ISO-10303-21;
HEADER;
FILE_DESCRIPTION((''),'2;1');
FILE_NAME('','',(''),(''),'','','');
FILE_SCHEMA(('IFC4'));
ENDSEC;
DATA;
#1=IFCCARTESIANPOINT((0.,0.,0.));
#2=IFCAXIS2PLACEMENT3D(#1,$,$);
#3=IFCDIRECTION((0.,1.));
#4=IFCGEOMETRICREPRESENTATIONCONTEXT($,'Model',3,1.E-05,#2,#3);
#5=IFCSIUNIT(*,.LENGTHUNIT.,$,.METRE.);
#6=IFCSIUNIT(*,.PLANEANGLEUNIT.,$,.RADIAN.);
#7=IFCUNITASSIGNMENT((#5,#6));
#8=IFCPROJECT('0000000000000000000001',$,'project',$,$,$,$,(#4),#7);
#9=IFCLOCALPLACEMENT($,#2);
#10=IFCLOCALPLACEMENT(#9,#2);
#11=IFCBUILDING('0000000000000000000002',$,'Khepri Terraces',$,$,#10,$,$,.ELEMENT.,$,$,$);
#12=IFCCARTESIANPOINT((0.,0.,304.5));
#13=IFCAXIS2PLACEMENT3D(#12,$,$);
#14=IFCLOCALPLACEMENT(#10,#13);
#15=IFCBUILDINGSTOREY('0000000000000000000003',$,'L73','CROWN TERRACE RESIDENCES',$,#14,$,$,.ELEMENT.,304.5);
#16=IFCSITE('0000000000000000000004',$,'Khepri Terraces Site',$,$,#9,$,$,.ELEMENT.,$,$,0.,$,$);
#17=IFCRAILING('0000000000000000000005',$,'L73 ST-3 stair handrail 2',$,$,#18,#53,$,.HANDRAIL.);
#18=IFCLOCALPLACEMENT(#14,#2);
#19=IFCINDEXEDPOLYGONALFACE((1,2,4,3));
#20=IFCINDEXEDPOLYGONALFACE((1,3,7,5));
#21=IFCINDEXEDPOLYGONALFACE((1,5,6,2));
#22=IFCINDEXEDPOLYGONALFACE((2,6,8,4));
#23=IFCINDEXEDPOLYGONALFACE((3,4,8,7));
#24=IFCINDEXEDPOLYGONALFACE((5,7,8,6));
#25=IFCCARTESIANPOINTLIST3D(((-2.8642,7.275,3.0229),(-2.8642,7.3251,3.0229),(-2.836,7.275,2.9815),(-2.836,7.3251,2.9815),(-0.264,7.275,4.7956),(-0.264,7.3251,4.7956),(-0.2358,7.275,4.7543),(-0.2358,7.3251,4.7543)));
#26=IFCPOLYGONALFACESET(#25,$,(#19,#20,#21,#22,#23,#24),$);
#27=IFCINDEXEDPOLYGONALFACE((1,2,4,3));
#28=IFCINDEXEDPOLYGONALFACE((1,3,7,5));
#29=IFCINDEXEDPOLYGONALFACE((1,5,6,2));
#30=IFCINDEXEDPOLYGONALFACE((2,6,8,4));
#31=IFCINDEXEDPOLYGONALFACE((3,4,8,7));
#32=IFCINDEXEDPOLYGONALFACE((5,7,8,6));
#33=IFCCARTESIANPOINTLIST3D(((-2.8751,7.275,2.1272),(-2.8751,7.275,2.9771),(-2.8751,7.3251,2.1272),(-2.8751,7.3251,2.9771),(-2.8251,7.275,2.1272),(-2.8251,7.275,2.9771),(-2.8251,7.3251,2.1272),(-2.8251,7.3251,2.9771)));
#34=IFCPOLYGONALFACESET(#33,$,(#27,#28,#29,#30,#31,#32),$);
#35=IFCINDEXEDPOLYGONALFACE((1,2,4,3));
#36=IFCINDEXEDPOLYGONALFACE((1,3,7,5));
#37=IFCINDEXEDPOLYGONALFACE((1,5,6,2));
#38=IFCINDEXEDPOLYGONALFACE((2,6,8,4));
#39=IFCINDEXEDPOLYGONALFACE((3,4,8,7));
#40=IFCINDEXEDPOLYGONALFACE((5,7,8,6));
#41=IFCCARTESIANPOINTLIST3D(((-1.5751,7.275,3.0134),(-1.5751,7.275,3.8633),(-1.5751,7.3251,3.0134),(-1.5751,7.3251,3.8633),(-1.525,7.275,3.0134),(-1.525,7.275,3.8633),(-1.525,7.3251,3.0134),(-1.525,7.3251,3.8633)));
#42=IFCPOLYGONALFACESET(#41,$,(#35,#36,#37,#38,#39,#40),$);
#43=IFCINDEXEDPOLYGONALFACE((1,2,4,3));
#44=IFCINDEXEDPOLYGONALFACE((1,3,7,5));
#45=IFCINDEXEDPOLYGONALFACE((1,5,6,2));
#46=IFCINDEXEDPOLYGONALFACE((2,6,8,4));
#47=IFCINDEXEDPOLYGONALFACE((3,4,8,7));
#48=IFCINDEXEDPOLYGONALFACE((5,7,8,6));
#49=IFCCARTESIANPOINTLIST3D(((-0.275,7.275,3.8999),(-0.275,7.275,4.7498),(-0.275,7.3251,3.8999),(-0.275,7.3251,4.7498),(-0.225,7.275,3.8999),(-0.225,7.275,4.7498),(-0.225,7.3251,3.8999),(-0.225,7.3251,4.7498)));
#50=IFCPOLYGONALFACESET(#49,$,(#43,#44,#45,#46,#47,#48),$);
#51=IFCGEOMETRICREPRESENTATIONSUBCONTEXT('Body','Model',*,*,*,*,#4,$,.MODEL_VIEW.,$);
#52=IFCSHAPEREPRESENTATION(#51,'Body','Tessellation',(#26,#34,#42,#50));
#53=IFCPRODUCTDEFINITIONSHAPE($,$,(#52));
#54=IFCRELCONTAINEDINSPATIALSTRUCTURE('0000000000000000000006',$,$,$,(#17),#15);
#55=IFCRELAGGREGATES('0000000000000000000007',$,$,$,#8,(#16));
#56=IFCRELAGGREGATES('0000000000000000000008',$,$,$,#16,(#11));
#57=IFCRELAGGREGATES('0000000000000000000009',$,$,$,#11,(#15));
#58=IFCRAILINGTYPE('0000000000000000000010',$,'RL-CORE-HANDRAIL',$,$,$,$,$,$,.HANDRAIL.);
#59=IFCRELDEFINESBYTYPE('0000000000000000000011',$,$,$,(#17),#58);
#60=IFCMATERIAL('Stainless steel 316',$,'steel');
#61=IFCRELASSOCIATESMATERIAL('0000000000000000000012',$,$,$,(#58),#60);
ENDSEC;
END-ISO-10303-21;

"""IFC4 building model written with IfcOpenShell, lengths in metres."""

from ifc_helpers import new_model, si_unit, direction, frame, origin, origin_2d, place, context, subcontext, project, spatial, rectangle, extrude, material, type_object, element, save


model = new_model("IFC4")

# Units and contexts
model_context = context("Model", 3, precision=1e-05, world=origin(), true_north=direction((0.0, 1.0)))
body_context = subcontext(model_context, "Body", "Model", "MODEL_VIEW")
ifc_project = project(units=[si_unit("LENGTHUNIT", "METRE"), si_unit("PLANEANGLEUNIT", "RADIAN")], contexts=[model_context])

# Site, building, storey
site_placement = place(None, origin())
site = spatial("IfcSite", under=ifc_project, at=site_placement, Name="Khepri Terraces Site", CompositionType="ELEMENT", RefElevation=0.0)
building_placement = place(site_placement, origin())
building = spatial("IfcBuilding", under=site, at=building_placement, Name="Khepri Terraces", CompositionType="ELEMENT")
storey_placement = place(building_placement, frame((0.0, 0.0, 304.5)))
storey = spatial("IfcBuildingStorey", under=building, at=storey_placement, Name="L73", Description="CROWN TERRACE RESIDENCES", CompositionType="ELEMENT", Elevation=304.5)

# Railing
ifc_material_1 = material(Name="Stainless steel 316", Category="steel")
railing_type_1 = type_object("IfcRailingType", Name="RL-CORE-HANDRAIL", PredefinedType="HANDRAIL", material=ifc_material_1)
railing_1_placement = place(storey_placement, frame((-2.8501, 7.3, 2.1272)))
element("IfcRailing", 1, at=railing_1_placement, inside=storey, type_object=railing_type_1, Name="L73 ST-3 stair handrail 2", PredefinedType="HANDRAIL", context=body_context, shape_type="SweptSolid", body=[
    extrude(rectangle(XDim=0.05, YDim=0.05, at=origin_2d()), frame((0.0, 0.0, 0.875), z_axis=(0.82624, 0.0, 0.563318), x_axis=(0.0, 1.0, 0.0)), (0.0, 0.0, 1.0), 3.147),
    extrude(rectangle(XDim=0.05, YDim=0.05, at=origin_2d()), origin(), (0.0, 0.0, 1.0), 0.8499),
    extrude(rectangle(XDim=0.05, YDim=0.05, at=origin_2d()), frame((1.3, 0.0, 0.8862)), (0.0, 0.0, 1.0), 0.8499),
    extrude(rectangle(XDim=0.05, YDim=0.05, at=origin_2d()), frame((2.6001, 0.0, 1.7727)), (0.0, 0.0, 1.0), 0.8499),
])

save(model, "model.ifc")
